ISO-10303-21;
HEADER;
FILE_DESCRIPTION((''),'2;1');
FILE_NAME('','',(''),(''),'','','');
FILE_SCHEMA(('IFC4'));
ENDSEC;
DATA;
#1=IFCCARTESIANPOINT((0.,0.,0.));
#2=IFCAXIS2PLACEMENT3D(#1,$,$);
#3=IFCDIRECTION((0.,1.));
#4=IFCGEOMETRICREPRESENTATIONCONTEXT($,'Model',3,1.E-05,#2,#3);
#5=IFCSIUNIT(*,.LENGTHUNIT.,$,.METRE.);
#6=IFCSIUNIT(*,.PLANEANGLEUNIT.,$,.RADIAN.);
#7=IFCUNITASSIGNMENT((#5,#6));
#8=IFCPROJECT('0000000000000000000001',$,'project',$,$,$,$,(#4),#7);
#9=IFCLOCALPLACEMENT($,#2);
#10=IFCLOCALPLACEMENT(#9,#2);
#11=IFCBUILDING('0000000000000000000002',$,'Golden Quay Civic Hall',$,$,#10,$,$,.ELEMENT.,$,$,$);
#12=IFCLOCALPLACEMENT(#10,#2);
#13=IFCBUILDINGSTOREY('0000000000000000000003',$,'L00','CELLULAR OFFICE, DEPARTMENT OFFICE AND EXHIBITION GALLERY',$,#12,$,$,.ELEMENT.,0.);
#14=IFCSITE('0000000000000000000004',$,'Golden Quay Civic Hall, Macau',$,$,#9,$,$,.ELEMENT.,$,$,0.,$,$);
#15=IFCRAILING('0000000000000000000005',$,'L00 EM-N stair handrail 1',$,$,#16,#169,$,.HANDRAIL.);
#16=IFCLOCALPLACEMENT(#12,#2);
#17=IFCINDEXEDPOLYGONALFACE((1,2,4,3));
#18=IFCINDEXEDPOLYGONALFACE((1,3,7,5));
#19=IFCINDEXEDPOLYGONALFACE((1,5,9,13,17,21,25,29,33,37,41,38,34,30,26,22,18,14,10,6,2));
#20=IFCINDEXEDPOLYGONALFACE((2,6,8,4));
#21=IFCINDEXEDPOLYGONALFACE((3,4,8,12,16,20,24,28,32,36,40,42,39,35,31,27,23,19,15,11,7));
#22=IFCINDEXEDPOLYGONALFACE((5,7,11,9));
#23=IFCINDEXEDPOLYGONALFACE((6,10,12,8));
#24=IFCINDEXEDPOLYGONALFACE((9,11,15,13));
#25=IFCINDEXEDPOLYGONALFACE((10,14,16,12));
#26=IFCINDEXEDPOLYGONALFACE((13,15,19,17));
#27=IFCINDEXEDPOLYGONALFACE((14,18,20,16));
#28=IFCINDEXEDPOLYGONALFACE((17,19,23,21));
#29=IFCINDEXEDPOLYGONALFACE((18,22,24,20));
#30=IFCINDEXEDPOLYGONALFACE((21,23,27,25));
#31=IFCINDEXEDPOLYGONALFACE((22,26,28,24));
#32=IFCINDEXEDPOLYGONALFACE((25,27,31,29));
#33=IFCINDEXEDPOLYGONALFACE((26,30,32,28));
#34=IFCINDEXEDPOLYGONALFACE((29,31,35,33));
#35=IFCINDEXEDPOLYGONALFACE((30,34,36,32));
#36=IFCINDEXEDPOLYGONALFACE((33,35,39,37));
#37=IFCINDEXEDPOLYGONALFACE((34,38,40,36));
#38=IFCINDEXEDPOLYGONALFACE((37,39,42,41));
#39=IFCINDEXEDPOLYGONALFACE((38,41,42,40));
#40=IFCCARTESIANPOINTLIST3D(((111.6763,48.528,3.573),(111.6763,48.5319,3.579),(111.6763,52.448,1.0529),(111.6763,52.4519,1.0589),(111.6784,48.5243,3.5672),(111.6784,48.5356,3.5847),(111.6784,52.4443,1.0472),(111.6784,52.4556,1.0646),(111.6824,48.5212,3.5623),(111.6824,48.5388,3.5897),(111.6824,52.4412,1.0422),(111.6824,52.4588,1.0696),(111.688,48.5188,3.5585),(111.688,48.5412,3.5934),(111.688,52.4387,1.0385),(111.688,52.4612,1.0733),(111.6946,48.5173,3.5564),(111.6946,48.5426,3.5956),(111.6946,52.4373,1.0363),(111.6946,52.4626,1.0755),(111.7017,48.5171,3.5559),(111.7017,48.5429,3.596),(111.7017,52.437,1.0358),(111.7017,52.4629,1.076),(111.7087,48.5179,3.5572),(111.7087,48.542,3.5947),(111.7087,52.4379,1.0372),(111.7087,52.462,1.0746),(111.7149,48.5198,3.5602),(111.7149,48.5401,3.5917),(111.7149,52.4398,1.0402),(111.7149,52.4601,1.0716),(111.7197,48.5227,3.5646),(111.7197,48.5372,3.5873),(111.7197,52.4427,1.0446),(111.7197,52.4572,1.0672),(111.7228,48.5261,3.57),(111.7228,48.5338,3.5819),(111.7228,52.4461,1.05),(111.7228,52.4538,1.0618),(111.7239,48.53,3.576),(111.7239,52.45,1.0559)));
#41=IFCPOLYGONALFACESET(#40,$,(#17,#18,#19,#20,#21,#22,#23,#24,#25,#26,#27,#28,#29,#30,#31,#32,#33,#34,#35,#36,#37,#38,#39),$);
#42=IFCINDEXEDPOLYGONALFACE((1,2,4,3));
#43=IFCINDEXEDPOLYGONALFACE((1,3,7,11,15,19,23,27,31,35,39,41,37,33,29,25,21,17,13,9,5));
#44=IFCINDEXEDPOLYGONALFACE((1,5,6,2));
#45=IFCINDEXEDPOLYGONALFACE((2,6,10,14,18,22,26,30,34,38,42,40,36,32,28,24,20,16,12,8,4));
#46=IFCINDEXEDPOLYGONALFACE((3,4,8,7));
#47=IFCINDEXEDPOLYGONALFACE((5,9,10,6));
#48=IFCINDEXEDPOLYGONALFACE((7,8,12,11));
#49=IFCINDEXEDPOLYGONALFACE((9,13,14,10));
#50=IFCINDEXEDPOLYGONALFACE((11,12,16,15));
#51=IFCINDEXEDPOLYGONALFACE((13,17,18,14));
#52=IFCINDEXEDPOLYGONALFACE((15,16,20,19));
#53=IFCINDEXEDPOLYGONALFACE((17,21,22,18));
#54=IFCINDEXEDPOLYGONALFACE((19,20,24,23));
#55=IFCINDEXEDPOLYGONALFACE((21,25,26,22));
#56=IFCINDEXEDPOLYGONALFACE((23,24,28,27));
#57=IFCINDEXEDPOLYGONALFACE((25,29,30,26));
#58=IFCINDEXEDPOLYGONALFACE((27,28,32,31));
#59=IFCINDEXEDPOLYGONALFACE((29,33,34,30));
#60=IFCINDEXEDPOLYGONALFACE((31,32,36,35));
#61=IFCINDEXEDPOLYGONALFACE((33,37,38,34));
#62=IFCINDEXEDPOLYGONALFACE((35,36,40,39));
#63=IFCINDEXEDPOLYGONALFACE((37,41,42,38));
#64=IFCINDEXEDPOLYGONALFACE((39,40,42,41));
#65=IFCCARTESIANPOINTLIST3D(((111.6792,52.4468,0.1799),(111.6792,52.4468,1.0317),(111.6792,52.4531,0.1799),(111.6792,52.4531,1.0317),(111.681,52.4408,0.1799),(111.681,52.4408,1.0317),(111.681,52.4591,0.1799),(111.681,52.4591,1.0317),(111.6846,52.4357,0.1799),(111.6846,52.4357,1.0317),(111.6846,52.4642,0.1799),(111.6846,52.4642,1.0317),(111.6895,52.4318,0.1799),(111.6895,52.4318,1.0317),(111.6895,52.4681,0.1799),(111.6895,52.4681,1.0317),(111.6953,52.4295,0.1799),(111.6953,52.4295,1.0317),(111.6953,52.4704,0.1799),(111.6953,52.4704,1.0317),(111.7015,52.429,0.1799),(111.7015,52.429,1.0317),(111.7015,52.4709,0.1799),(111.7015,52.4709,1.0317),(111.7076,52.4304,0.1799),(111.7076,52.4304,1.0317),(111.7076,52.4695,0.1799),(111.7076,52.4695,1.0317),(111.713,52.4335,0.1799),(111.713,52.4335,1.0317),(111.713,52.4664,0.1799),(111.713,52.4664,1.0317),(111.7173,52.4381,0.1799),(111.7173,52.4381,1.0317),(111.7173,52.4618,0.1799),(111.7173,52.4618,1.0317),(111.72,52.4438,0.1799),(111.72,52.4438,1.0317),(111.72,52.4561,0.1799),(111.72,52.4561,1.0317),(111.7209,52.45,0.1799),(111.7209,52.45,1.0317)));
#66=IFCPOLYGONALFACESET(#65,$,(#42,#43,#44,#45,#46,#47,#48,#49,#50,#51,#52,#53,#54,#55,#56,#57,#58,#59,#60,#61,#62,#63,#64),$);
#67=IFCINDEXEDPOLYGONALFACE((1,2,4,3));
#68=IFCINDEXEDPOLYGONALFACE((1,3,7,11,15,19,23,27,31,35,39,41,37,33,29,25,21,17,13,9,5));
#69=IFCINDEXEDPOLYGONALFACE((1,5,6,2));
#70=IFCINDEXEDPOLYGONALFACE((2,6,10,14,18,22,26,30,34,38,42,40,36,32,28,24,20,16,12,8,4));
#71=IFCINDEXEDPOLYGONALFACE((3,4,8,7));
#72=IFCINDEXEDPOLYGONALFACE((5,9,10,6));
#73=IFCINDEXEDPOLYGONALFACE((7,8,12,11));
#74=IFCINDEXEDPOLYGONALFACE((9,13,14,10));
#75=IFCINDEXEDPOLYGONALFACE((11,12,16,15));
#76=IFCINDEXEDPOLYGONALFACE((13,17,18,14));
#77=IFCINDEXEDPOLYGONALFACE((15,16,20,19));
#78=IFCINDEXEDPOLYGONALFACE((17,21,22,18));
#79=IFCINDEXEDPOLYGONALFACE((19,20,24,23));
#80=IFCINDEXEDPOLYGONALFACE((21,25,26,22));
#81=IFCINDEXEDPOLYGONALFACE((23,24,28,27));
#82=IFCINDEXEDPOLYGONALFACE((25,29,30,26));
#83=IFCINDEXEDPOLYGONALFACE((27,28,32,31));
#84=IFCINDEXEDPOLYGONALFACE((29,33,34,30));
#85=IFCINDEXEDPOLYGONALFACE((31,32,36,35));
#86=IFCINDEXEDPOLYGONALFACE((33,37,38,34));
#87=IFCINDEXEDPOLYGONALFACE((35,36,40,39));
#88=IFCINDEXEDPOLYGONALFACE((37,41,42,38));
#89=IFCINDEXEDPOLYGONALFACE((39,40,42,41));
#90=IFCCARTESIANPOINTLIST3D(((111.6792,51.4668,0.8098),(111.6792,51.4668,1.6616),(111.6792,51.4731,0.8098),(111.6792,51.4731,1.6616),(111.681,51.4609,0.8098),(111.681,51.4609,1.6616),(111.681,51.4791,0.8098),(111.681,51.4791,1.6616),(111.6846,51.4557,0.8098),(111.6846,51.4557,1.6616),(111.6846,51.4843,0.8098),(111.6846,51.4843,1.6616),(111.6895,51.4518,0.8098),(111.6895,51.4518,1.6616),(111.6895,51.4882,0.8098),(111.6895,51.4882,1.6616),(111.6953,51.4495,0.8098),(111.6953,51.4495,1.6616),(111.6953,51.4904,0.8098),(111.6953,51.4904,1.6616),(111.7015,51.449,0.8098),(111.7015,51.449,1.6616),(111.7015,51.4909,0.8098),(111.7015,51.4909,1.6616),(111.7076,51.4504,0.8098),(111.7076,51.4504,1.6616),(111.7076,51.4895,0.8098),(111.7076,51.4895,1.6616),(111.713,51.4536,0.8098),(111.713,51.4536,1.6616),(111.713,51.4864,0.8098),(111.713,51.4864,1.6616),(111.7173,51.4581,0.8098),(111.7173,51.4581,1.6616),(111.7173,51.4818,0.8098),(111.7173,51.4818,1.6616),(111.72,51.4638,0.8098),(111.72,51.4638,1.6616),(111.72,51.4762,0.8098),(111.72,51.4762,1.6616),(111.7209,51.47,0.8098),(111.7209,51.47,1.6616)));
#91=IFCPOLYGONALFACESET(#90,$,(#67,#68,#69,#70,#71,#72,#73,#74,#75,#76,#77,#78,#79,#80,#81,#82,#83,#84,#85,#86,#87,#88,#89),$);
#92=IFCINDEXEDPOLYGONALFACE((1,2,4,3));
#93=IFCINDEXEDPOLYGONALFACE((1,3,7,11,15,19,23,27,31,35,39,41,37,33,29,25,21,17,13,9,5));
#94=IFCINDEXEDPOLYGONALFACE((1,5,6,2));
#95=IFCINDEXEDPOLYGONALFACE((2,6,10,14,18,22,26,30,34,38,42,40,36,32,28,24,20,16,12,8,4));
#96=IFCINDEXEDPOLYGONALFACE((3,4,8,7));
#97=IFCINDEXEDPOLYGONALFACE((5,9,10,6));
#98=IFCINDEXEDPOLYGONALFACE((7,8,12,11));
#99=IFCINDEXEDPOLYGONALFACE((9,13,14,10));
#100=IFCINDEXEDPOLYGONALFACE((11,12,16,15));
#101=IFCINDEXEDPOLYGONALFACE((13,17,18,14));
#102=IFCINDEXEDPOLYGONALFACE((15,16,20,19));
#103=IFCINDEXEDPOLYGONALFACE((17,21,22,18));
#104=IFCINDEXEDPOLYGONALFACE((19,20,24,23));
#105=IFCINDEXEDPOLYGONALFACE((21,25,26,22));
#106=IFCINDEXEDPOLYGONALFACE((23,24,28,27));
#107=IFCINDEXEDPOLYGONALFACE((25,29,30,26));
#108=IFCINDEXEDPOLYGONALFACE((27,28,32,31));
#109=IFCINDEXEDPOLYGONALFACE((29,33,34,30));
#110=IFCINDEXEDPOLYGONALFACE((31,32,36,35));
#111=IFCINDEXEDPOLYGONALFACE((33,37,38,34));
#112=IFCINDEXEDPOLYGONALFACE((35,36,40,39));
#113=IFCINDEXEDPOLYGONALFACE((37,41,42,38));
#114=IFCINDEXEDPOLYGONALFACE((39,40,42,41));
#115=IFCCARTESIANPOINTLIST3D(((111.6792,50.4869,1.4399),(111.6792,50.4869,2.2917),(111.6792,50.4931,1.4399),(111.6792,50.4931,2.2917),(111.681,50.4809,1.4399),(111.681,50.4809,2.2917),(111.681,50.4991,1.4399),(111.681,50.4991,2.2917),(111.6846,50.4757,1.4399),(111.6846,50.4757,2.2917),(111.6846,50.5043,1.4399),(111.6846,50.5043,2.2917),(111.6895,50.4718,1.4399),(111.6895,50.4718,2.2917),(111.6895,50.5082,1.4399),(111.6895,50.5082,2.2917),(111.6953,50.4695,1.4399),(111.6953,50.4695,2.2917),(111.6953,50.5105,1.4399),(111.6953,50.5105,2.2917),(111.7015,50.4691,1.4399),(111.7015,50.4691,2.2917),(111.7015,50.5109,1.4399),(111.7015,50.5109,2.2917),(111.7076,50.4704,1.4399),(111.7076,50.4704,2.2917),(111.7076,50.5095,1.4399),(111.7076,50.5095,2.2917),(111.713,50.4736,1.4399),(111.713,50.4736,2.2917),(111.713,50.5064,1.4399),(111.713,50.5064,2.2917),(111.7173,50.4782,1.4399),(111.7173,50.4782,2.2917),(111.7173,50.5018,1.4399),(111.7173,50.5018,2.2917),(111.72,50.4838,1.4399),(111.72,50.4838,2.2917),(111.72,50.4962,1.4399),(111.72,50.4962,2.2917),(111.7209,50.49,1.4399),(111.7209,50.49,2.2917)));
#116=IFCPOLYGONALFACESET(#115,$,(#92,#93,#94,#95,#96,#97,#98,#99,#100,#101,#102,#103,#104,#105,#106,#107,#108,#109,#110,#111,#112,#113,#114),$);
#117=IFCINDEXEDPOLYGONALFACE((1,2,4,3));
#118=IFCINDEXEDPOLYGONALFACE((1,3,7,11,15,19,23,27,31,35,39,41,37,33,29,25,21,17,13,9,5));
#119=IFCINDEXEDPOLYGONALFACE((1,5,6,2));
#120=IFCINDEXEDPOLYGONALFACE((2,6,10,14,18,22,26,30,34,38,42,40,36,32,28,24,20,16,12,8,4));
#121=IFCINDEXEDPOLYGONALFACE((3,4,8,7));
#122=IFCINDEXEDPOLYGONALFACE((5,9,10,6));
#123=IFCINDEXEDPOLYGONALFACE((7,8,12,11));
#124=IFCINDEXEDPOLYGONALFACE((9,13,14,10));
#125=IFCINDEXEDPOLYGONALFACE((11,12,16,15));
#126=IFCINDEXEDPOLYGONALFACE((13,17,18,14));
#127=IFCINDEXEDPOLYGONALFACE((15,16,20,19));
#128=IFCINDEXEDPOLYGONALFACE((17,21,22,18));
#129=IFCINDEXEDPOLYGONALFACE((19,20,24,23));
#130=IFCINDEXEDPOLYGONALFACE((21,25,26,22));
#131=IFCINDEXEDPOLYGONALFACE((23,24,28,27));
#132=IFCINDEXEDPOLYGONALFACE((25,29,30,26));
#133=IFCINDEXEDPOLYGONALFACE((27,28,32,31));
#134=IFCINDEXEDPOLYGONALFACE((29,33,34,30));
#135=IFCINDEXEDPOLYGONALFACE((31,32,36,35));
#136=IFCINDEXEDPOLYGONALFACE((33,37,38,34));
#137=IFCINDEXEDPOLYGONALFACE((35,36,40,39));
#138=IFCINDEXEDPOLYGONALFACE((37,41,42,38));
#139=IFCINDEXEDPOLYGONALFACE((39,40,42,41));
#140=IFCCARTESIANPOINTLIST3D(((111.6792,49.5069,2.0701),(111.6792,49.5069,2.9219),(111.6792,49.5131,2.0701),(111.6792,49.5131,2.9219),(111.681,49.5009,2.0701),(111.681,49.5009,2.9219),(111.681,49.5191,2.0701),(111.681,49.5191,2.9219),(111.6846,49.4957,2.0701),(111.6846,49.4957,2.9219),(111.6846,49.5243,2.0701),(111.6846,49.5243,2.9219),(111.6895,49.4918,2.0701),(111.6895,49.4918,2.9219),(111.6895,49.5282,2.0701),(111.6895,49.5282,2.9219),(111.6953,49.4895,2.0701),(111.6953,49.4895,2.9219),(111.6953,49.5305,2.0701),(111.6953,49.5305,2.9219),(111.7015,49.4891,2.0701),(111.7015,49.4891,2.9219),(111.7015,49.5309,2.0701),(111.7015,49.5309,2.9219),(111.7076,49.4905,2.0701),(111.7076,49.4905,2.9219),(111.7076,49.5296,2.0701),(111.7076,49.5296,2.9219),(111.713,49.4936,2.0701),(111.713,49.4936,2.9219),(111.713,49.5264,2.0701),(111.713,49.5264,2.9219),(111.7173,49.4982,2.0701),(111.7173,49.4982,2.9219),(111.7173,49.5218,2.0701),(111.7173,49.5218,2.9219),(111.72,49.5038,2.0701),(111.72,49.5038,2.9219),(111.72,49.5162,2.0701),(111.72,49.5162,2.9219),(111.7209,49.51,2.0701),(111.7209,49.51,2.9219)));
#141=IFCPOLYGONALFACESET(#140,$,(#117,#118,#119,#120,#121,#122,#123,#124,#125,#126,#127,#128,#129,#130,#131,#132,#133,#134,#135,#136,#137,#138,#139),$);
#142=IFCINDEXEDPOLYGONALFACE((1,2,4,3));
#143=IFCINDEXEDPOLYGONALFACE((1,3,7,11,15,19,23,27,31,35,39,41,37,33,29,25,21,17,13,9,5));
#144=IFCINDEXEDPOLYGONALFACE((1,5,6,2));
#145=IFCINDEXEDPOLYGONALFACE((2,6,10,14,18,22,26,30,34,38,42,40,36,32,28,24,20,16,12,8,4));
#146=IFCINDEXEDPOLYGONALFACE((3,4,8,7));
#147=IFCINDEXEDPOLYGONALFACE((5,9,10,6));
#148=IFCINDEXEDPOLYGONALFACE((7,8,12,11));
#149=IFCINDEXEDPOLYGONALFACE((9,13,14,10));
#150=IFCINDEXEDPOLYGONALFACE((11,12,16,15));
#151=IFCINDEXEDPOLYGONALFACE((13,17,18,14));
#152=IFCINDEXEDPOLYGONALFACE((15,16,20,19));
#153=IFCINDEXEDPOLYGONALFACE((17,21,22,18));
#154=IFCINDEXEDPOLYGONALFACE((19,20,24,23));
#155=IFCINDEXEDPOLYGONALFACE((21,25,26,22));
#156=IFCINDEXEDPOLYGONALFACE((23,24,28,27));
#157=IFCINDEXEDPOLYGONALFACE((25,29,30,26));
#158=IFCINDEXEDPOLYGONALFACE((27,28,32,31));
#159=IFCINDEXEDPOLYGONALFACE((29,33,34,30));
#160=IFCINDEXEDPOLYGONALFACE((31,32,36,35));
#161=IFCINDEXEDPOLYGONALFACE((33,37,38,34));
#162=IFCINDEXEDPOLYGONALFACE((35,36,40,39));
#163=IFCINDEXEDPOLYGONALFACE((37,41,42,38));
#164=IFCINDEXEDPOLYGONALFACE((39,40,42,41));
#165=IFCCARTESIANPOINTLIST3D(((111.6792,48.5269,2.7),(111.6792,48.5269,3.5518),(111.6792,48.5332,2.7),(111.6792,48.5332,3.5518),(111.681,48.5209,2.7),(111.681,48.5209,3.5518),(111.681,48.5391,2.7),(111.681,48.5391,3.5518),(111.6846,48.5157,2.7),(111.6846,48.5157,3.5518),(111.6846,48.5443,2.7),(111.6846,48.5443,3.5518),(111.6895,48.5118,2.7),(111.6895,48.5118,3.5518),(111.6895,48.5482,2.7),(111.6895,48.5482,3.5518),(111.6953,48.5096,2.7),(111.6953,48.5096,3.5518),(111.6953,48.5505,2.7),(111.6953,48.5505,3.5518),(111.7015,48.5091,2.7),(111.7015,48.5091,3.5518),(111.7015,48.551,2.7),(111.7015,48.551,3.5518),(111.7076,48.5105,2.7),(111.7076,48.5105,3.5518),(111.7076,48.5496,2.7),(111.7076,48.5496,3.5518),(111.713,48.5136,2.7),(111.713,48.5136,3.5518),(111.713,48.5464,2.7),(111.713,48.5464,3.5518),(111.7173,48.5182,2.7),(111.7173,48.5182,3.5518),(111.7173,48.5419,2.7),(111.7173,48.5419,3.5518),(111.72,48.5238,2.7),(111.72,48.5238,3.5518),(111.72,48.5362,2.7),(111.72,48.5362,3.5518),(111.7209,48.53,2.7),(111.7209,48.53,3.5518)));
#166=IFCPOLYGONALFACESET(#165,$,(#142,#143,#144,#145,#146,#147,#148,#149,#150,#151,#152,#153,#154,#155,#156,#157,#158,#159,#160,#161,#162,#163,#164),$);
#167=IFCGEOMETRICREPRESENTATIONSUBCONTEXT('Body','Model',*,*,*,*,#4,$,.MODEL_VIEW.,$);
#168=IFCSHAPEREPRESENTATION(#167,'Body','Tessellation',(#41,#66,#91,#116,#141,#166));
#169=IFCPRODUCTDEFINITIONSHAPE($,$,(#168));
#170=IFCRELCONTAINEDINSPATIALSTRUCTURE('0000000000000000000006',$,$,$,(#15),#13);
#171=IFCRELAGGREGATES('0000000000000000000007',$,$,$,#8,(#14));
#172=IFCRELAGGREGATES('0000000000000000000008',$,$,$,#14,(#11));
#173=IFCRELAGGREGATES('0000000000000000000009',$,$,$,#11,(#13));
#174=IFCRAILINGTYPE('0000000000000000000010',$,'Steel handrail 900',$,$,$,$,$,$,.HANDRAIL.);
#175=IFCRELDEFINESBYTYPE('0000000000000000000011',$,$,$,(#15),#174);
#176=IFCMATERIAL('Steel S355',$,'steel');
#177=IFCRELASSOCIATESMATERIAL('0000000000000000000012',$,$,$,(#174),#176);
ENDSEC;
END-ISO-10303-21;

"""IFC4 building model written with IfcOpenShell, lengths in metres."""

from ifc_helpers import new_model, si_unit, direction, frame, origin, origin_2d, place, context, subcontext, project, spatial, circle, extrude, material, type_object, element, save


model = new_model("IFC4")

# Units and contexts
model_context = context("Model", 3, precision=1e-05, world=origin(), true_north=direction((0.0, 1.0)))
body_context = subcontext(model_context, "Body", "Model", "MODEL_VIEW")
ifc_project = project(units=[si_unit("LENGTHUNIT", "METRE"), si_unit("PLANEANGLEUNIT", "RADIAN")], contexts=[model_context])

# Site, building, storey
site_placement = place(None, origin())
site = spatial("IfcSite", under=ifc_project, at=site_placement, Name="Golden Quay Civic Hall, Macau", CompositionType="ELEMENT", RefElevation=0.0)
building_placement = place(site_placement, origin())
building = spatial("IfcBuilding", under=site, at=building_placement, Name="Golden Quay Civic Hall", CompositionType="ELEMENT")
storey_placement = place(building_placement, origin())
storey = spatial("IfcBuildingStorey", under=building, at=storey_placement, Name="L00", Description="CELLULAR OFFICE, DEPARTMENT OFFICE AND EXHIBITION GALLERY", CompositionType="ELEMENT", Elevation=0.0)

# Railing
ifc_material_1 = material(Name="Steel S355", Category="steel")
railing_type_1 = type_object("IfcRailingType", Name="Steel handrail 900", PredefinedType="HANDRAIL", material=ifc_material_1)
railing_1_placement = place(storey_placement, frame((111.7, 52.45, 0.1799)))
element("IfcRailing", 1, at=railing_1_placement, inside=storey, type_object=railing_type_1, Name="L00 EM-N stair handrail 1", PredefinedType="HANDRAIL", context=body_context, shape_type="SweptSolid", body=[
    extrude(circle(Radius=0.0239, at=origin_2d()), frame((0.0, 0.0, 0.876), z_axis=(0.0, -0.841172, 0.540768), x_axis=(1.0, 0.0, 0.0)), (0.0, 0.0, 1.0), 4.6602),
    extrude(circle(Radius=0.021, at=origin_2d()), origin(), (0.0, 0.0, 1.0), 0.8518),
    extrude(circle(Radius=0.021, at=origin_2d()), frame((0.0, -0.98, 0.6299)), (0.0, 0.0, 1.0), 0.8518),
    extrude(circle(Radius=0.021, at=origin_2d()), frame((0.0, -1.96, 1.26)), (0.0, 0.0, 1.0), 0.8518),
    extrude(circle(Radius=0.021, at=origin_2d()), frame((0.0, -2.9399, 1.8901)), (0.0, 0.0, 1.0), 0.8518),
    extrude(circle(Radius=0.021, at=origin_2d()), frame((0.0, -3.9199, 2.52)), (0.0, 0.0, 1.0), 0.8518),
])

save(model, "model.ifc")
